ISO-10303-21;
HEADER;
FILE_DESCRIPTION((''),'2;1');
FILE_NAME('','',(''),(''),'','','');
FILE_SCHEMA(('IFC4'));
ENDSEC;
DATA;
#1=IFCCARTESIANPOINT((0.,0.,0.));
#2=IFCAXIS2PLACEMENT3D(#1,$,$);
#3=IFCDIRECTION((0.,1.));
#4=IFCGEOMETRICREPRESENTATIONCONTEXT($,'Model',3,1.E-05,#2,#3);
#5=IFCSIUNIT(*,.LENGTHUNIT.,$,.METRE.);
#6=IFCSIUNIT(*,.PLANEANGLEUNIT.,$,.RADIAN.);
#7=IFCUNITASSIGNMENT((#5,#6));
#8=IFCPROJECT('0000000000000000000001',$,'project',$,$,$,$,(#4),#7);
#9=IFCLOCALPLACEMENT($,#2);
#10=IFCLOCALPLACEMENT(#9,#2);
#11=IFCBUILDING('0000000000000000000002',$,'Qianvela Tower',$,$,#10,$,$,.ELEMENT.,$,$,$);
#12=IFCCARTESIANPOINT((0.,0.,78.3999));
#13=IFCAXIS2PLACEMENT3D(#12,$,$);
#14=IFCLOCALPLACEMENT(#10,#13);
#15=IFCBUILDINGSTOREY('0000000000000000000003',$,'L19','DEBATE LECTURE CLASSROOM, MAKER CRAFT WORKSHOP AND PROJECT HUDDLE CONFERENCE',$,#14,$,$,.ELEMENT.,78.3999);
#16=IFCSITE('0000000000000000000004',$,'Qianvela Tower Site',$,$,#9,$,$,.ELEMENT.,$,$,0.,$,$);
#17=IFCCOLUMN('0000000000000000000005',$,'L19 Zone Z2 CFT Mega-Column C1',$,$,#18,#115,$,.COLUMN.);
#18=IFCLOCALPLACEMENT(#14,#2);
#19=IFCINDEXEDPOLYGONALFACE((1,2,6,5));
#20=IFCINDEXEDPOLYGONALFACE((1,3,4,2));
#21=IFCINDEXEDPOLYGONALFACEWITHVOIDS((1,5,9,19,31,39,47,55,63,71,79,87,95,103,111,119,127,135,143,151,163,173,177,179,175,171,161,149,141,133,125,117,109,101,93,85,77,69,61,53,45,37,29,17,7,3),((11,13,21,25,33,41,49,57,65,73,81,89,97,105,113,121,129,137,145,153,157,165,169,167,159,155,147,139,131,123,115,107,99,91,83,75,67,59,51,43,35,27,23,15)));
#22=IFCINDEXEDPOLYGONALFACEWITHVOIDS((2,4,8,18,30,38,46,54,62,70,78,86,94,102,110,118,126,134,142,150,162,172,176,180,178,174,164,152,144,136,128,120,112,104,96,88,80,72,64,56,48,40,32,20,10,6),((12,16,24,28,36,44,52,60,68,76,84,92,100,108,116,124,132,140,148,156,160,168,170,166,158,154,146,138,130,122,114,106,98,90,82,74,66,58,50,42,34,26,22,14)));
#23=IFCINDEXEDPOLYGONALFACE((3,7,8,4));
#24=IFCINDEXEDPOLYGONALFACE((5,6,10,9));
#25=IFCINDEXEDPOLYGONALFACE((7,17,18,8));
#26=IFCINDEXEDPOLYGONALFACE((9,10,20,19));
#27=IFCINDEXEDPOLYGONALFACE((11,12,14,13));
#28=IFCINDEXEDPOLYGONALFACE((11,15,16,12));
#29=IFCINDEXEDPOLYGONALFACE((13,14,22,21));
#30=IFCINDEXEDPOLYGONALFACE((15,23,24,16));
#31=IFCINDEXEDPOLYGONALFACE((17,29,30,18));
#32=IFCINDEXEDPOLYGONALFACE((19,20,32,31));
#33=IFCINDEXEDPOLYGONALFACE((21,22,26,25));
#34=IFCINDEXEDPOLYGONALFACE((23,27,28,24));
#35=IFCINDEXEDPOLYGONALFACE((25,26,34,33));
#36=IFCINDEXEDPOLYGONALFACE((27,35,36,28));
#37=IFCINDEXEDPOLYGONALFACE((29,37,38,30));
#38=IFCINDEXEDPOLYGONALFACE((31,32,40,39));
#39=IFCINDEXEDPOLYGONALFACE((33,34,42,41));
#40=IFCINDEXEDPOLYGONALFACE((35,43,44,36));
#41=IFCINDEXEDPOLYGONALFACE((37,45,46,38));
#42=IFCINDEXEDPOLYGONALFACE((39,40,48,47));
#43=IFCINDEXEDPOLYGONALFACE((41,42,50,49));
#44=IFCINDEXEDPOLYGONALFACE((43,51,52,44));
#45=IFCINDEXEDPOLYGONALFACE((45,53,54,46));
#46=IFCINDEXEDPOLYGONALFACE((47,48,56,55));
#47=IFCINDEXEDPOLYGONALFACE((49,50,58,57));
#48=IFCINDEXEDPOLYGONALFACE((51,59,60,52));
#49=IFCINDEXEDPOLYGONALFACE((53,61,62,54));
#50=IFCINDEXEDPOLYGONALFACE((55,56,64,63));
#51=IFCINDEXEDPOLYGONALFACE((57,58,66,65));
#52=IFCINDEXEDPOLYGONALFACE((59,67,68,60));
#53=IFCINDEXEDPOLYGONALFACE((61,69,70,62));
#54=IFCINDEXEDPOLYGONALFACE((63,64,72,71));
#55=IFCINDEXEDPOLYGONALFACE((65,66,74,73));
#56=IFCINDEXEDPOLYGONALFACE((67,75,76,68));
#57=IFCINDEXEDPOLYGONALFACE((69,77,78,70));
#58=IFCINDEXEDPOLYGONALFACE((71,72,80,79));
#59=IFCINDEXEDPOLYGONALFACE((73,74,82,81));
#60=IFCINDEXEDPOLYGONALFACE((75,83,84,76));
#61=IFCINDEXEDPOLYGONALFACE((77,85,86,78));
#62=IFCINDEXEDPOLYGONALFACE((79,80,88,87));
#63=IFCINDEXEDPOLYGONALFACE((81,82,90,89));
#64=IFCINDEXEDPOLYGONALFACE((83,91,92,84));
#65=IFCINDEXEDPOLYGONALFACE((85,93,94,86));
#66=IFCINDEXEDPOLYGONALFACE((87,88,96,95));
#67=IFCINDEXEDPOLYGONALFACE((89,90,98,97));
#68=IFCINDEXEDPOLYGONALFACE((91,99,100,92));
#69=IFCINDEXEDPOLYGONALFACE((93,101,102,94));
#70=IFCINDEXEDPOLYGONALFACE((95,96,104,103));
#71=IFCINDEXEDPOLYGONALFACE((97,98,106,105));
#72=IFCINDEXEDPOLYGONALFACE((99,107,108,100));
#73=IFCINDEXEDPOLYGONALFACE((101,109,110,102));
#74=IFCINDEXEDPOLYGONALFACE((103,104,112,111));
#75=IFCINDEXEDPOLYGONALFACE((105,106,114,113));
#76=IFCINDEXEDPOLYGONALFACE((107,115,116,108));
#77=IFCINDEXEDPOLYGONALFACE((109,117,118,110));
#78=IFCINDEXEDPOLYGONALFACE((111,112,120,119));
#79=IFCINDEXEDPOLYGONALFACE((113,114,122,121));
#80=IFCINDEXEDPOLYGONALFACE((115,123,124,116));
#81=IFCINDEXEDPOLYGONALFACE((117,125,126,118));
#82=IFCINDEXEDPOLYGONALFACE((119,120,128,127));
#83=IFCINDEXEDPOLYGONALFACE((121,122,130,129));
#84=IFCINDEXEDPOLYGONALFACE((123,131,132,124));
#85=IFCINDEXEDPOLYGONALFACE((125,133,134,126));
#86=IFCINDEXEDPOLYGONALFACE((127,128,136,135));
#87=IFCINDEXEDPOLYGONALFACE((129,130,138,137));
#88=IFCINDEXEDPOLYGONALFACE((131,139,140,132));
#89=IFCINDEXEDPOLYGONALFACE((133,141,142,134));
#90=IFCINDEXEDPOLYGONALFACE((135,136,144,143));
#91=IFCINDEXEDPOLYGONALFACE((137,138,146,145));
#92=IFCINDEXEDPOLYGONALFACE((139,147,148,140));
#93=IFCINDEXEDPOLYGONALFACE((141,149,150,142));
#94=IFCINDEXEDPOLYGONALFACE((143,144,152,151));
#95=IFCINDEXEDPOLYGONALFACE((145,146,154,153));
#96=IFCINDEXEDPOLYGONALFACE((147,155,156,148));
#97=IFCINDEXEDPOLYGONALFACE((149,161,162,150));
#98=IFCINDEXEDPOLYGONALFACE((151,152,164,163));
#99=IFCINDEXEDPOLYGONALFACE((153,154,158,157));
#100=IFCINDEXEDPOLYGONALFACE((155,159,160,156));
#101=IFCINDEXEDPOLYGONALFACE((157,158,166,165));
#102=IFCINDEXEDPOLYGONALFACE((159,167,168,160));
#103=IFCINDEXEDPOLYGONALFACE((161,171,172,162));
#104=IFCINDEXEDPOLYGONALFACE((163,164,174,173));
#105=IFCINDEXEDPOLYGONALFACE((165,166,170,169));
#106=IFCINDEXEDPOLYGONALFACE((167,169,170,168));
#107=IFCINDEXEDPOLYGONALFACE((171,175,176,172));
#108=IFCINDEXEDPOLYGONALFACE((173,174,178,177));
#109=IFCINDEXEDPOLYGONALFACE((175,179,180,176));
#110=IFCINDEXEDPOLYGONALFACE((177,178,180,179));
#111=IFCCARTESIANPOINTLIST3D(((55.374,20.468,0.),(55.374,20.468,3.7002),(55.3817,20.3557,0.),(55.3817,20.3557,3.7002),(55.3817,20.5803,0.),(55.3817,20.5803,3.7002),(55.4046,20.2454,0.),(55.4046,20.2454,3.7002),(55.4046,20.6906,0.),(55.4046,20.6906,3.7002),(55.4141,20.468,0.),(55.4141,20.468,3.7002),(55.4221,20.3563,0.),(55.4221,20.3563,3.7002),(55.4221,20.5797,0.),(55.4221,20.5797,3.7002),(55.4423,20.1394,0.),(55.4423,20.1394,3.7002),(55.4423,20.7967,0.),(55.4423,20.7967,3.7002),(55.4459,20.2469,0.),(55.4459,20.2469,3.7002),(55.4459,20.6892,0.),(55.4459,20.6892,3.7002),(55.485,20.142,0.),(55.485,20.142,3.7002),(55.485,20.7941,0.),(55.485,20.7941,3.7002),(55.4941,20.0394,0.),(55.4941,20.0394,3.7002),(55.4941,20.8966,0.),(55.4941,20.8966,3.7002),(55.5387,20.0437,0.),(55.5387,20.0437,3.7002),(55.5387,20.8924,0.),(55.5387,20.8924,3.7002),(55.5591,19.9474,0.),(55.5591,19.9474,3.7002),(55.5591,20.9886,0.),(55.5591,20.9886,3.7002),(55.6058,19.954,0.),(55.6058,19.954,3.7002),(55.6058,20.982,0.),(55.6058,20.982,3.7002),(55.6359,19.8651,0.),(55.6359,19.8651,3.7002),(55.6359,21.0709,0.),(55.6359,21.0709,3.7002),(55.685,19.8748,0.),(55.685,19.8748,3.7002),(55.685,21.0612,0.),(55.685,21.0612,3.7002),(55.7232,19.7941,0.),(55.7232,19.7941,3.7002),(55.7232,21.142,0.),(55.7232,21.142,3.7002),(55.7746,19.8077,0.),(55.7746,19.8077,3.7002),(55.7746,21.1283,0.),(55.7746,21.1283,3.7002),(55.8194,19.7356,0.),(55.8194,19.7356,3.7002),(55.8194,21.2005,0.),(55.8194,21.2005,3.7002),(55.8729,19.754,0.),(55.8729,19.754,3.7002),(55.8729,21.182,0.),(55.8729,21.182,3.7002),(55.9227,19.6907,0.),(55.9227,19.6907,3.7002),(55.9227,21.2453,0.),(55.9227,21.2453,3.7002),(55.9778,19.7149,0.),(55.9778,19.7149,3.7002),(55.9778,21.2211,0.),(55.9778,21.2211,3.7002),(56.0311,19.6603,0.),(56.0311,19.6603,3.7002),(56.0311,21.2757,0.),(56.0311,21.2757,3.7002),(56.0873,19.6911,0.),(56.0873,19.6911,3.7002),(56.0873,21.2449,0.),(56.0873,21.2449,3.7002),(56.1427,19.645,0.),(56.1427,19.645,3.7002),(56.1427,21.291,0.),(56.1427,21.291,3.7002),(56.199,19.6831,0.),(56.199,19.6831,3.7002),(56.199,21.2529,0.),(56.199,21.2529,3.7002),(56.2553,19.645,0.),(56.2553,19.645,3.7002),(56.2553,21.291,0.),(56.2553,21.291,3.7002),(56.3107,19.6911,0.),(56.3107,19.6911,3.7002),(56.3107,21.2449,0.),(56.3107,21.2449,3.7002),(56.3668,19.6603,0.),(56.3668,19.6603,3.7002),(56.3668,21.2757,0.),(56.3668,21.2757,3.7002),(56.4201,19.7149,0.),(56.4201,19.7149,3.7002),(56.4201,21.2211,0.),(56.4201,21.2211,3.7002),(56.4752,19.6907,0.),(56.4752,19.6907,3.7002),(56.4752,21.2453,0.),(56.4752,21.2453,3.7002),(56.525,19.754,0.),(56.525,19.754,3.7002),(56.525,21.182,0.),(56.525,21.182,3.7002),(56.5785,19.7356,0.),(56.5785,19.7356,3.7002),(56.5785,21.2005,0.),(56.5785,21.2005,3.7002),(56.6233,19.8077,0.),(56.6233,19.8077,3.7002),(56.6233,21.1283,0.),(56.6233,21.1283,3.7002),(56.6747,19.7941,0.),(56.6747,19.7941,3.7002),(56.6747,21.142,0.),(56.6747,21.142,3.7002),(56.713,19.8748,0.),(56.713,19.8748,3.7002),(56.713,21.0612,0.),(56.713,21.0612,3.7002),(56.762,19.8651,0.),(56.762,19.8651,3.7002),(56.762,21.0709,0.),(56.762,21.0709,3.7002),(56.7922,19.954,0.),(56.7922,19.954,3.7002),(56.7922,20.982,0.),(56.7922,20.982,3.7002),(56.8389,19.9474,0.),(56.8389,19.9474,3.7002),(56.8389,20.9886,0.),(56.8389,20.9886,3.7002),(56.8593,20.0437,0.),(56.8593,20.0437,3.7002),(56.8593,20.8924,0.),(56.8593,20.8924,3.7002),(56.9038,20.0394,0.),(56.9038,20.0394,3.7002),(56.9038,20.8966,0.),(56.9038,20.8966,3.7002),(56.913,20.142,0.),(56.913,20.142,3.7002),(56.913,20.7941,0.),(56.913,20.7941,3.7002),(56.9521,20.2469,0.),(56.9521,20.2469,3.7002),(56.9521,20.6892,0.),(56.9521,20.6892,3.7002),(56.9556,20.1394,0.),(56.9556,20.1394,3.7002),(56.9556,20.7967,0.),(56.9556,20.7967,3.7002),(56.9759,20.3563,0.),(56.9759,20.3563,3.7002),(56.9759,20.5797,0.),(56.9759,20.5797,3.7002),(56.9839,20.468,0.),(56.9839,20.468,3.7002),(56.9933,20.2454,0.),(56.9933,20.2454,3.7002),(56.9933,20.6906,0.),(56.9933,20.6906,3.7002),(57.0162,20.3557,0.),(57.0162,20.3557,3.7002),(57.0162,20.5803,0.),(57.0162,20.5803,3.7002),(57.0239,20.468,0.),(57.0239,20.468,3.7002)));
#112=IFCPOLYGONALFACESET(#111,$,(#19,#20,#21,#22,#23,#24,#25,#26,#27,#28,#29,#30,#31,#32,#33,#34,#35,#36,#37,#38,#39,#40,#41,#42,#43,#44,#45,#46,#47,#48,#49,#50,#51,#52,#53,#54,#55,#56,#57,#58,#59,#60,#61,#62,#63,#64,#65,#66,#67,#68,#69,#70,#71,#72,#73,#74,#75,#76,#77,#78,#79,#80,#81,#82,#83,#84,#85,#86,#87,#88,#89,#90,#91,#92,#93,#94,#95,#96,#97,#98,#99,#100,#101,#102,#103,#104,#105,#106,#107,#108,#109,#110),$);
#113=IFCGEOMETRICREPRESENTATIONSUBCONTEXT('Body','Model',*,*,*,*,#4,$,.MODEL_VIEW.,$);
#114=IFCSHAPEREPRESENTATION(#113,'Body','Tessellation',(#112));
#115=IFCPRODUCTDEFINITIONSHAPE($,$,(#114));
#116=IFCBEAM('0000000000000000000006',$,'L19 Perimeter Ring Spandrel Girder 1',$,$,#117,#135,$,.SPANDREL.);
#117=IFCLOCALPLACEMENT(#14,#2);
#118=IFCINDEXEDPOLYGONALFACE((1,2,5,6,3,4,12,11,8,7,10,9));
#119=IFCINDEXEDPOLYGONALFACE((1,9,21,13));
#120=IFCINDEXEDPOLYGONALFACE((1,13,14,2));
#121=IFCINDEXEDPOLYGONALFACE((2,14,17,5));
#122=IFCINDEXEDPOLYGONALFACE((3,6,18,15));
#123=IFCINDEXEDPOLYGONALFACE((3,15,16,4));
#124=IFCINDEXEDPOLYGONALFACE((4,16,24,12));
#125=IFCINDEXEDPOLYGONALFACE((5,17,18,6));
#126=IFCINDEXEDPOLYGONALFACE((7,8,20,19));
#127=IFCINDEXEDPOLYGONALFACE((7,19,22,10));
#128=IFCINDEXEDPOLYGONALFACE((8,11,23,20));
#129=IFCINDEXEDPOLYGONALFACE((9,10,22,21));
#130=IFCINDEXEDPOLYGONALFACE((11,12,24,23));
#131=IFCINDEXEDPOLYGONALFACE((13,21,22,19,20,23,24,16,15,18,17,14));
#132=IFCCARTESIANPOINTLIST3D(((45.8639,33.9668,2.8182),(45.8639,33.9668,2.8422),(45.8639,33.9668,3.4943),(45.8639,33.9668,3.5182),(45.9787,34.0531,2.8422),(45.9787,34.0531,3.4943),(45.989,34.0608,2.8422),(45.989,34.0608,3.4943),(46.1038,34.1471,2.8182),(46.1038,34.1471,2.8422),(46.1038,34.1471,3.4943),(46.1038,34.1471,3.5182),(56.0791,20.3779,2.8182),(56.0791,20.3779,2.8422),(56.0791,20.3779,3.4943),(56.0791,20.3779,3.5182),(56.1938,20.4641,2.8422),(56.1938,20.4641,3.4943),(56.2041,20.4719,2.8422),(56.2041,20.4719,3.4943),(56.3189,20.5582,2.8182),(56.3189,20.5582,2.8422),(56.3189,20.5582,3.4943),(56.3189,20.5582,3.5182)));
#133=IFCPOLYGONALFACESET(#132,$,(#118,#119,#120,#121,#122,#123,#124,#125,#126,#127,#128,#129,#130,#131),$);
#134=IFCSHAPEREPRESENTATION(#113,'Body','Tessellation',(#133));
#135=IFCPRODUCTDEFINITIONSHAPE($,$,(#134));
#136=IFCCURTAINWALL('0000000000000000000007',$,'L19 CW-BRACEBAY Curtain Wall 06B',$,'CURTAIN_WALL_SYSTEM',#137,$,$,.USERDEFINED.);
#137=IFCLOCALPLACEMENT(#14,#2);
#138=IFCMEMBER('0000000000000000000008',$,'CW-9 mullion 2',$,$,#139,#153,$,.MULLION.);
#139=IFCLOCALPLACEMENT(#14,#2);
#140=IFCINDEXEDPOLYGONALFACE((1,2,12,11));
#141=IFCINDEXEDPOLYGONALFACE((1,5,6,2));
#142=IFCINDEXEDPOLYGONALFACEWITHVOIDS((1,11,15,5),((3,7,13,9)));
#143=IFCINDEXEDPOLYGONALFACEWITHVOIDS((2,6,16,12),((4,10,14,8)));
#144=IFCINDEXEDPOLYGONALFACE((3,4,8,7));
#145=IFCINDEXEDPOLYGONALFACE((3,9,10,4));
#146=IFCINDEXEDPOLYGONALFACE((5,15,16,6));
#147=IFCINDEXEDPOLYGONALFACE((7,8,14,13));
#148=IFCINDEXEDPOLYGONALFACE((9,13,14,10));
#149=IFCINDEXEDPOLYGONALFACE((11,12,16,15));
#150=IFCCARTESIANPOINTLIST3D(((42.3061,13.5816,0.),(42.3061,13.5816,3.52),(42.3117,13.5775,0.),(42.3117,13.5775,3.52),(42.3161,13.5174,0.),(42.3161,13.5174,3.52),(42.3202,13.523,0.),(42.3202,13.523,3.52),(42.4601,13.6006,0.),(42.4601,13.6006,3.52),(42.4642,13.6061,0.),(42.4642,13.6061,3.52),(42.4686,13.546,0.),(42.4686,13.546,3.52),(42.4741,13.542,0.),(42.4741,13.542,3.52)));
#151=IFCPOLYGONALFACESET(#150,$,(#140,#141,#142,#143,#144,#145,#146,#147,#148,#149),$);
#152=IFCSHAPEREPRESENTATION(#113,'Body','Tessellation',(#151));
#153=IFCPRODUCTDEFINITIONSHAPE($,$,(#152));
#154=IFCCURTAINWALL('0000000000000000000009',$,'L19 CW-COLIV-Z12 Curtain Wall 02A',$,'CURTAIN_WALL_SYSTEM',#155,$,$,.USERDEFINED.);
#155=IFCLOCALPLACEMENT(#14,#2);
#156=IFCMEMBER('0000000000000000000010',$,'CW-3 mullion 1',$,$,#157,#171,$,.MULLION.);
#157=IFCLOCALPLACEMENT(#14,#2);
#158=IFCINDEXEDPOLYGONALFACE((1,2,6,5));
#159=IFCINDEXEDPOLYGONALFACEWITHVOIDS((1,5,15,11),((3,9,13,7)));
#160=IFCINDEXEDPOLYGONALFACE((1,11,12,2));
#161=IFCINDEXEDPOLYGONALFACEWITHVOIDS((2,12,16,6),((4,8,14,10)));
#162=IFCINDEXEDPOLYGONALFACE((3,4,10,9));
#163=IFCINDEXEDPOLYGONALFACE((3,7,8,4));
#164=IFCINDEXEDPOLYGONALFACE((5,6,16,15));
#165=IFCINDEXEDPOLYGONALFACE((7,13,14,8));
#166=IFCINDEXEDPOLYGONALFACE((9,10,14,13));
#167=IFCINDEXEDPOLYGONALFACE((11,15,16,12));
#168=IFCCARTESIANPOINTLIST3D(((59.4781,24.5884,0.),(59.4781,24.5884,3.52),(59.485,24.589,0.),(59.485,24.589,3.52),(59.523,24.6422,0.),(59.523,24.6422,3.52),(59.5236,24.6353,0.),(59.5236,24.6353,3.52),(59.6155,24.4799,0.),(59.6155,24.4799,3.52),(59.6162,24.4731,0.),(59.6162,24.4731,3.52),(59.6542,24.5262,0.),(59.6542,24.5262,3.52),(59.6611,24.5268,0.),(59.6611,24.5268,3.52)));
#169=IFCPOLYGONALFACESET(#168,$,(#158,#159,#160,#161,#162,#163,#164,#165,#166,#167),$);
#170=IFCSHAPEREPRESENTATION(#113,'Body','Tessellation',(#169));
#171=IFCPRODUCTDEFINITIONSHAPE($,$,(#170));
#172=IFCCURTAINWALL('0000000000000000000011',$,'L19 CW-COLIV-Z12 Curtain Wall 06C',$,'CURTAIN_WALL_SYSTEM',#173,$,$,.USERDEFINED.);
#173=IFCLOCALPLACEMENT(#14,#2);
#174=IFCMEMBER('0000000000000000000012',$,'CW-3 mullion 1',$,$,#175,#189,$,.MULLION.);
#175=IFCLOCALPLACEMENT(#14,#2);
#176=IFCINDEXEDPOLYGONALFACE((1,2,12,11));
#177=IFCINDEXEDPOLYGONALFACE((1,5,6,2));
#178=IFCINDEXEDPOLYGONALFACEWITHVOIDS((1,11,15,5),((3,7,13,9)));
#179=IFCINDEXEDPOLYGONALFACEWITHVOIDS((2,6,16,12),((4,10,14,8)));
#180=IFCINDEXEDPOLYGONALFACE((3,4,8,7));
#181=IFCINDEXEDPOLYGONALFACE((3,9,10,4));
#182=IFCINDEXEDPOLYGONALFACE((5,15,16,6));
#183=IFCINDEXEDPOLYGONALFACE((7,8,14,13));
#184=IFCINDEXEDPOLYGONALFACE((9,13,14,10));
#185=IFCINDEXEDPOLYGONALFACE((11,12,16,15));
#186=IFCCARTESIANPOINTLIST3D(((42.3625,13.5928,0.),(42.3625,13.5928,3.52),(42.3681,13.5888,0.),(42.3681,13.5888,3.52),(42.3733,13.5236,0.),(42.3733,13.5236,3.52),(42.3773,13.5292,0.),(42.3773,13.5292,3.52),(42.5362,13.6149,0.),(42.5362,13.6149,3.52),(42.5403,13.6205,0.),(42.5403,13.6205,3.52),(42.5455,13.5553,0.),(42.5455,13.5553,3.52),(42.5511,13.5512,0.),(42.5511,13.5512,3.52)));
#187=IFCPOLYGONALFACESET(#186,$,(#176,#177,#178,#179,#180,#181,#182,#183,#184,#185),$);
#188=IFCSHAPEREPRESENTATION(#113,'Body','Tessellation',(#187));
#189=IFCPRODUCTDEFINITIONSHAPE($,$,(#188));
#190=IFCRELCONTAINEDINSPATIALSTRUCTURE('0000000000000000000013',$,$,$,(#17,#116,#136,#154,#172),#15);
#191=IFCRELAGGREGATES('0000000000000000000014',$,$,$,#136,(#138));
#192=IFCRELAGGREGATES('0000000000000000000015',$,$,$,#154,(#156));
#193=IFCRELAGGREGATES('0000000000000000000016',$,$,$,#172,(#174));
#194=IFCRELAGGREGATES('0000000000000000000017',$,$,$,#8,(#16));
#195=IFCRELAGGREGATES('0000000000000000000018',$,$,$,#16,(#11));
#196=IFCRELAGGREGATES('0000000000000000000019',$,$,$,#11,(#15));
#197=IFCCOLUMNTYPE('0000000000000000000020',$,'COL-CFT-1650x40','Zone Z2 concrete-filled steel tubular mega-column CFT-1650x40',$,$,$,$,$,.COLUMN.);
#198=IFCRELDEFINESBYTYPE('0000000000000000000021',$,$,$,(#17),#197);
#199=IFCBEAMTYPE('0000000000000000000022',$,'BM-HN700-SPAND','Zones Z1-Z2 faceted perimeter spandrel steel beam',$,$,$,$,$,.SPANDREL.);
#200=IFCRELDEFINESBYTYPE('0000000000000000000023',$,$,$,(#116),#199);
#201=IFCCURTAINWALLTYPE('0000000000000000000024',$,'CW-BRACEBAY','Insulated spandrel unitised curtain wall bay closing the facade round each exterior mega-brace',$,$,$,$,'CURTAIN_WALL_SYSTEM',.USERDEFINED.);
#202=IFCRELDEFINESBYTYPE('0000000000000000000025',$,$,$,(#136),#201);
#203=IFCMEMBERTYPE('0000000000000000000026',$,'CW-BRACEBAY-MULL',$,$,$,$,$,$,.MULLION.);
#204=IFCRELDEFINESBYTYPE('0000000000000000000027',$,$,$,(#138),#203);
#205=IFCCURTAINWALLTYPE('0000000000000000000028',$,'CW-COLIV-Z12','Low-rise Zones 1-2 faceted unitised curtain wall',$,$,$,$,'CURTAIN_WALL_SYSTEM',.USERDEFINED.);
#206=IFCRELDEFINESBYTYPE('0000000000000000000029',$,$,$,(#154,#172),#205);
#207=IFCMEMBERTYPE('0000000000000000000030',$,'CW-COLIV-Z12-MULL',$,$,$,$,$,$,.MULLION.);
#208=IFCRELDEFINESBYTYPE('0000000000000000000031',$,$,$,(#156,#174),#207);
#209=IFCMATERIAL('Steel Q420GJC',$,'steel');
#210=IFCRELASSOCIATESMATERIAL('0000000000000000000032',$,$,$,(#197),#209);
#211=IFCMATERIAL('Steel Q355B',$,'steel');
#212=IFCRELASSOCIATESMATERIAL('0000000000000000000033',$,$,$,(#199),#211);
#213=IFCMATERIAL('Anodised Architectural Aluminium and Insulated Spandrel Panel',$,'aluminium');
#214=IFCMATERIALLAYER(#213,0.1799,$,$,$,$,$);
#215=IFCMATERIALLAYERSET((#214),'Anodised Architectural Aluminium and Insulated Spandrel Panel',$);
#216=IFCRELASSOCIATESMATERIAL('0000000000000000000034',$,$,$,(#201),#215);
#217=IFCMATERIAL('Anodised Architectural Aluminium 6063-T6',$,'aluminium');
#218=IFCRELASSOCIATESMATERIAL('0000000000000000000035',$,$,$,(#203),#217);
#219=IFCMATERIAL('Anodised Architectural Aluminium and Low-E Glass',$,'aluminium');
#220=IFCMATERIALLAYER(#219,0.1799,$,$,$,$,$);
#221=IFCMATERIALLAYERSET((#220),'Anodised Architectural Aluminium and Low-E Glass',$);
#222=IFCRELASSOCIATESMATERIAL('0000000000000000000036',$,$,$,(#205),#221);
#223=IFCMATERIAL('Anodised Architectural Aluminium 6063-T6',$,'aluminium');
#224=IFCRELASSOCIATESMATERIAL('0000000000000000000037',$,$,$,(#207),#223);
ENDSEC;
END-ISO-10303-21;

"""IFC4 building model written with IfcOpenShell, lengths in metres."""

from ifc_helpers import new_model, si_unit, direction, frame, origin, origin_2d, place, context, subcontext, project, spatial, hollow_rectangle, hollow_circle, i_section, extrude, material, layer, layer_set, material_profile, profile_set, type_object, element, aggregate, save


model = new_model("IFC4")

# Units and contexts
model_context = context("Model", 3, precision=1e-05, world=origin(), true_north=direction((0.0, 1.0)))
body_context = subcontext(model_context, "Body", "Model", "MODEL_VIEW")
ifc_project = project(units=[si_unit("LENGTHUNIT", "METRE"), si_unit("PLANEANGLEUNIT", "RADIAN")], contexts=[model_context])

# Site, building, storey
site_placement = place(None, origin())
site = spatial("IfcSite", under=ifc_project, at=site_placement, Name="Qianvela Tower Site", CompositionType="ELEMENT", RefElevation=0.0)
building_placement = place(site_placement, origin())
building = spatial("IfcBuilding", under=site, at=building_placement, Name="Qianvela Tower", CompositionType="ELEMENT")
storey_placement = place(building_placement, frame((0.0, 0.0, 78.3999)))
storey = spatial("IfcBuildingStorey", under=building, at=storey_placement, Name="L19", Description="DEBATE LECTURE CLASSROOM, MAKER CRAFT WORKSHOP AND PROJECT HUDDLE CONFERENCE", CompositionType="ELEMENT", Elevation=78.3999)

# Column
ifc_material_1 = material(Name="Steel Q420GJC", Category="steel")
ifc_material_profile_1 = material_profile(ifc_material_1, hollow_circle(Radius=0.825, WallThickness=0.04, at=origin_2d()), Name="CFT-1650x40")
ifc_profile_set_1 = profile_set([ifc_material_profile_1], Name="Steel Q420GJC")
column_type = type_object("IfcColumnType", Name="COL-CFT-1650x40", Description="Zone Z2 concrete-filled steel tubular mega-column CFT-1650x40", PredefinedType="COLUMN", material=ifc_profile_set_1)
column_placement = place(storey_placement, frame((56.199, 20.468, 0.0), z_axis=(0.0, 0.0, 1.0), x_axis=(1.0, 0.0, 0.0)))
element("IfcColumn", 1, at=column_placement, inside=storey, type_object=column_type, Name="L19 Zone Z2 CFT Mega-Column C1", PredefinedType="COLUMN", context=body_context, shape_type="SweptSolid", body=[
    extrude(hollow_circle(Radius=0.825, WallThickness=0.04, at=origin_2d()), origin(), (0.0, 0.0, 1.0), 3.7002),
])

# Beam
ifc_material_2 = material(Name="Steel Q355B", Category="steel")
ifc_material_profile_2 = material_profile(ifc_material_2, i_section(OverallWidth=0.3, OverallDepth=0.7, WebThickness=0.0129, FlangeThickness=0.0239, at=origin_2d()), Name="HN700x300x13x24")
ifc_profile_set_2 = profile_set([ifc_material_profile_2], Name="Steel Q355B")
beam_type = type_object("IfcBeamType", Name="BM-HN700-SPAND", Description="Zones Z1-Z2 faceted perimeter spandrel steel beam", PredefinedType="SPANDREL", material=ifc_profile_set_2)
beam_placement = place(storey_placement, frame((56.199, 20.468, 3.1682), z_axis=(-0.600882, 0.799338, 0.0), x_axis=(-0.799338, -0.600882, 0.0)))
element("IfcBeam", 2, at=beam_placement, inside=storey, type_object=beam_type, Name="L19 Perimeter Ring Spandrel Girder 1", PredefinedType="SPANDREL", context=body_context, shape_type="SweptSolid", body=[
    extrude(i_section(OverallWidth=0.3, OverallDepth=0.7, WebThickness=0.0129, FlangeThickness=0.0239, at=origin_2d()), origin(), (0.0, 0.0, 1.0), 17.0002),
])

# Curtain walls, members
ifc_material_3 = material(Name="Anodised Architectural Aluminium and Insulated Spandrel Panel", Category="aluminium")
ifc_layer_1 = layer(ifc_material_3, 0.1799)
ifc_layer_set_1 = layer_set([ifc_layer_1], Name="Anodised Architectural Aluminium and Insulated Spandrel Panel")
curtain_wall_type_1 = type_object("IfcCurtainWallType", Name="CW-BRACEBAY", Description="Insulated spandrel unitised curtain wall bay closing the facade round each exterior mega-brace", ElementType="CURTAIN_WALL_SYSTEM", PredefinedType="USERDEFINED", material=ifc_layer_set_1)
curtain_wall_1_placement = place(storey_placement, origin())
curtain_wall_1 = element("IfcCurtainWall", 3, at=curtain_wall_1_placement, inside=storey, type_object=curtain_wall_type_1, Name="L19 CW-BRACEBAY Curtain Wall 06B", ObjectType="CURTAIN_WALL_SYSTEM", PredefinedType="USERDEFINED")
ifc_material_4 = material(Name="Anodised Architectural Aluminium 6063-T6", Category="aluminium")
ifc_material_profile_3 = material_profile(ifc_material_4, hollow_rectangle(XDim=0.0649, YDim=0.1599, WallThickness=0.0049, at=origin_2d()), Name="ALU-MULL-65x160")
ifc_profile_set_3 = profile_set([ifc_material_profile_3], Name="Anodised Architectural Aluminium 6063-T6")
member_type_1 = type_object("IfcMemberType", Name="CW-BRACEBAY-MULL", PredefinedType="MULLION", material=ifc_profile_set_3)
member_1_placement = place(storey_placement, frame((42.3901, 13.5618, 0.0), z_axis=(0.0, 0.0, 1.0), x_axis=(-0.153552, 0.988141, 0.0)))
member_1 = element("IfcMember", 4, at=member_1_placement, type_object=member_type_1, Name="CW-9 mullion 2", PredefinedType="MULLION", context=body_context, shape_type="SweptSolid", body=[
    extrude(hollow_rectangle(XDim=0.0649, YDim=0.1599, WallThickness=0.0049, at=origin_2d()), origin(), (0.0, 0.0, 1.0), 3.52),
])
aggregate(curtain_wall_1, [member_1])
ifc_material_5 = material(Name="Anodised Architectural Aluminium and Low-E Glass", Category="aluminium")
ifc_layer_2 = layer(ifc_material_5, 0.1799)
ifc_layer_set_2 = layer_set([ifc_layer_2], Name="Anodised Architectural Aluminium and Low-E Glass")
curtain_wall_type_2 = type_object("IfcCurtainWallType", Name="CW-COLIV-Z12", Description="Low-rise Zones 1-2 faceted unitised curtain wall", ElementType="CURTAIN_WALL_SYSTEM", PredefinedType="USERDEFINED", material=ifc_layer_set_2)
curtain_wall_2_placement = place(storey_placement, origin())
curtain_wall_2 = element("IfcCurtainWall", 5, at=curtain_wall_2_placement, inside=storey, type_object=curtain_wall_type_2, Name="L19 CW-COLIV-Z12 Curtain Wall 02A", ObjectType="CURTAIN_WALL_SYSTEM", PredefinedType="USERDEFINED")
ifc_material_6 = material(Name="Anodised Architectural Aluminium 6063-T6", Category="aluminium")
ifc_material_profile_4 = material_profile(ifc_material_6, hollow_rectangle(XDim=0.0701, YDim=0.1799, WallThickness=0.0049, at=origin_2d()), Name="ALU-MULL-70x180")
ifc_profile_set_4 = profile_set([ifc_material_profile_4], Name="Anodised Architectural Aluminium 6063-T6")
member_type_2 = type_object("IfcMemberType", Name="CW-COLIV-Z12-MULL", PredefinedType="MULLION", material=ifc_profile_set_4)
member_2_placement = place(storey_placement, frame((59.5696, 24.5576, 0.0), z_axis=(0.0, 0.0, 1.0), x_axis=(-0.641086, -0.767469, 0.0)))
member_2 = element("IfcMember", 6, at=member_2_placement, type_object=member_type_2, Name="CW-3 mullion 1", PredefinedType="MULLION", context=body_context, shape_type="SweptSolid", body=[
    extrude(hollow_rectangle(XDim=0.0701, YDim=0.1799, WallThickness=0.0049, at=origin_2d()), origin(), (0.0, 0.0, 1.0), 3.52),
])

# Curtain wall, member
curtain_wall_3_placement = place(storey_placement, origin())
curtain_wall_3 = element("IfcCurtainWall", 7, at=curtain_wall_3_placement, inside=storey, type_object=curtain_wall_type_2, Name="L19 CW-COLIV-Z12 Curtain Wall 06C", ObjectType="CURTAIN_WALL_SYSTEM", PredefinedType="USERDEFINED")
member_3_placement = place(storey_placement, frame((42.4568, 13.572, 0.0), z_axis=(0.0, 0.0, 1.0), x_axis=(-0.153557, 0.98814, 0.0)))
member_3 = element("IfcMember", 8, at=member_3_placement, type_object=member_type_2, Name="CW-3 mullion 1", PredefinedType="MULLION", context=body_context, shape_type="SweptSolid", body=[
    extrude(hollow_rectangle(XDim=0.0701, YDim=0.1799, WallThickness=0.0049, at=origin_2d()), origin(), (0.0, 0.0, 1.0), 3.52),
])

aggregate(curtain_wall_2, [member_2])
aggregate(curtain_wall_3, [member_3])

save(model, "model.ifc")
